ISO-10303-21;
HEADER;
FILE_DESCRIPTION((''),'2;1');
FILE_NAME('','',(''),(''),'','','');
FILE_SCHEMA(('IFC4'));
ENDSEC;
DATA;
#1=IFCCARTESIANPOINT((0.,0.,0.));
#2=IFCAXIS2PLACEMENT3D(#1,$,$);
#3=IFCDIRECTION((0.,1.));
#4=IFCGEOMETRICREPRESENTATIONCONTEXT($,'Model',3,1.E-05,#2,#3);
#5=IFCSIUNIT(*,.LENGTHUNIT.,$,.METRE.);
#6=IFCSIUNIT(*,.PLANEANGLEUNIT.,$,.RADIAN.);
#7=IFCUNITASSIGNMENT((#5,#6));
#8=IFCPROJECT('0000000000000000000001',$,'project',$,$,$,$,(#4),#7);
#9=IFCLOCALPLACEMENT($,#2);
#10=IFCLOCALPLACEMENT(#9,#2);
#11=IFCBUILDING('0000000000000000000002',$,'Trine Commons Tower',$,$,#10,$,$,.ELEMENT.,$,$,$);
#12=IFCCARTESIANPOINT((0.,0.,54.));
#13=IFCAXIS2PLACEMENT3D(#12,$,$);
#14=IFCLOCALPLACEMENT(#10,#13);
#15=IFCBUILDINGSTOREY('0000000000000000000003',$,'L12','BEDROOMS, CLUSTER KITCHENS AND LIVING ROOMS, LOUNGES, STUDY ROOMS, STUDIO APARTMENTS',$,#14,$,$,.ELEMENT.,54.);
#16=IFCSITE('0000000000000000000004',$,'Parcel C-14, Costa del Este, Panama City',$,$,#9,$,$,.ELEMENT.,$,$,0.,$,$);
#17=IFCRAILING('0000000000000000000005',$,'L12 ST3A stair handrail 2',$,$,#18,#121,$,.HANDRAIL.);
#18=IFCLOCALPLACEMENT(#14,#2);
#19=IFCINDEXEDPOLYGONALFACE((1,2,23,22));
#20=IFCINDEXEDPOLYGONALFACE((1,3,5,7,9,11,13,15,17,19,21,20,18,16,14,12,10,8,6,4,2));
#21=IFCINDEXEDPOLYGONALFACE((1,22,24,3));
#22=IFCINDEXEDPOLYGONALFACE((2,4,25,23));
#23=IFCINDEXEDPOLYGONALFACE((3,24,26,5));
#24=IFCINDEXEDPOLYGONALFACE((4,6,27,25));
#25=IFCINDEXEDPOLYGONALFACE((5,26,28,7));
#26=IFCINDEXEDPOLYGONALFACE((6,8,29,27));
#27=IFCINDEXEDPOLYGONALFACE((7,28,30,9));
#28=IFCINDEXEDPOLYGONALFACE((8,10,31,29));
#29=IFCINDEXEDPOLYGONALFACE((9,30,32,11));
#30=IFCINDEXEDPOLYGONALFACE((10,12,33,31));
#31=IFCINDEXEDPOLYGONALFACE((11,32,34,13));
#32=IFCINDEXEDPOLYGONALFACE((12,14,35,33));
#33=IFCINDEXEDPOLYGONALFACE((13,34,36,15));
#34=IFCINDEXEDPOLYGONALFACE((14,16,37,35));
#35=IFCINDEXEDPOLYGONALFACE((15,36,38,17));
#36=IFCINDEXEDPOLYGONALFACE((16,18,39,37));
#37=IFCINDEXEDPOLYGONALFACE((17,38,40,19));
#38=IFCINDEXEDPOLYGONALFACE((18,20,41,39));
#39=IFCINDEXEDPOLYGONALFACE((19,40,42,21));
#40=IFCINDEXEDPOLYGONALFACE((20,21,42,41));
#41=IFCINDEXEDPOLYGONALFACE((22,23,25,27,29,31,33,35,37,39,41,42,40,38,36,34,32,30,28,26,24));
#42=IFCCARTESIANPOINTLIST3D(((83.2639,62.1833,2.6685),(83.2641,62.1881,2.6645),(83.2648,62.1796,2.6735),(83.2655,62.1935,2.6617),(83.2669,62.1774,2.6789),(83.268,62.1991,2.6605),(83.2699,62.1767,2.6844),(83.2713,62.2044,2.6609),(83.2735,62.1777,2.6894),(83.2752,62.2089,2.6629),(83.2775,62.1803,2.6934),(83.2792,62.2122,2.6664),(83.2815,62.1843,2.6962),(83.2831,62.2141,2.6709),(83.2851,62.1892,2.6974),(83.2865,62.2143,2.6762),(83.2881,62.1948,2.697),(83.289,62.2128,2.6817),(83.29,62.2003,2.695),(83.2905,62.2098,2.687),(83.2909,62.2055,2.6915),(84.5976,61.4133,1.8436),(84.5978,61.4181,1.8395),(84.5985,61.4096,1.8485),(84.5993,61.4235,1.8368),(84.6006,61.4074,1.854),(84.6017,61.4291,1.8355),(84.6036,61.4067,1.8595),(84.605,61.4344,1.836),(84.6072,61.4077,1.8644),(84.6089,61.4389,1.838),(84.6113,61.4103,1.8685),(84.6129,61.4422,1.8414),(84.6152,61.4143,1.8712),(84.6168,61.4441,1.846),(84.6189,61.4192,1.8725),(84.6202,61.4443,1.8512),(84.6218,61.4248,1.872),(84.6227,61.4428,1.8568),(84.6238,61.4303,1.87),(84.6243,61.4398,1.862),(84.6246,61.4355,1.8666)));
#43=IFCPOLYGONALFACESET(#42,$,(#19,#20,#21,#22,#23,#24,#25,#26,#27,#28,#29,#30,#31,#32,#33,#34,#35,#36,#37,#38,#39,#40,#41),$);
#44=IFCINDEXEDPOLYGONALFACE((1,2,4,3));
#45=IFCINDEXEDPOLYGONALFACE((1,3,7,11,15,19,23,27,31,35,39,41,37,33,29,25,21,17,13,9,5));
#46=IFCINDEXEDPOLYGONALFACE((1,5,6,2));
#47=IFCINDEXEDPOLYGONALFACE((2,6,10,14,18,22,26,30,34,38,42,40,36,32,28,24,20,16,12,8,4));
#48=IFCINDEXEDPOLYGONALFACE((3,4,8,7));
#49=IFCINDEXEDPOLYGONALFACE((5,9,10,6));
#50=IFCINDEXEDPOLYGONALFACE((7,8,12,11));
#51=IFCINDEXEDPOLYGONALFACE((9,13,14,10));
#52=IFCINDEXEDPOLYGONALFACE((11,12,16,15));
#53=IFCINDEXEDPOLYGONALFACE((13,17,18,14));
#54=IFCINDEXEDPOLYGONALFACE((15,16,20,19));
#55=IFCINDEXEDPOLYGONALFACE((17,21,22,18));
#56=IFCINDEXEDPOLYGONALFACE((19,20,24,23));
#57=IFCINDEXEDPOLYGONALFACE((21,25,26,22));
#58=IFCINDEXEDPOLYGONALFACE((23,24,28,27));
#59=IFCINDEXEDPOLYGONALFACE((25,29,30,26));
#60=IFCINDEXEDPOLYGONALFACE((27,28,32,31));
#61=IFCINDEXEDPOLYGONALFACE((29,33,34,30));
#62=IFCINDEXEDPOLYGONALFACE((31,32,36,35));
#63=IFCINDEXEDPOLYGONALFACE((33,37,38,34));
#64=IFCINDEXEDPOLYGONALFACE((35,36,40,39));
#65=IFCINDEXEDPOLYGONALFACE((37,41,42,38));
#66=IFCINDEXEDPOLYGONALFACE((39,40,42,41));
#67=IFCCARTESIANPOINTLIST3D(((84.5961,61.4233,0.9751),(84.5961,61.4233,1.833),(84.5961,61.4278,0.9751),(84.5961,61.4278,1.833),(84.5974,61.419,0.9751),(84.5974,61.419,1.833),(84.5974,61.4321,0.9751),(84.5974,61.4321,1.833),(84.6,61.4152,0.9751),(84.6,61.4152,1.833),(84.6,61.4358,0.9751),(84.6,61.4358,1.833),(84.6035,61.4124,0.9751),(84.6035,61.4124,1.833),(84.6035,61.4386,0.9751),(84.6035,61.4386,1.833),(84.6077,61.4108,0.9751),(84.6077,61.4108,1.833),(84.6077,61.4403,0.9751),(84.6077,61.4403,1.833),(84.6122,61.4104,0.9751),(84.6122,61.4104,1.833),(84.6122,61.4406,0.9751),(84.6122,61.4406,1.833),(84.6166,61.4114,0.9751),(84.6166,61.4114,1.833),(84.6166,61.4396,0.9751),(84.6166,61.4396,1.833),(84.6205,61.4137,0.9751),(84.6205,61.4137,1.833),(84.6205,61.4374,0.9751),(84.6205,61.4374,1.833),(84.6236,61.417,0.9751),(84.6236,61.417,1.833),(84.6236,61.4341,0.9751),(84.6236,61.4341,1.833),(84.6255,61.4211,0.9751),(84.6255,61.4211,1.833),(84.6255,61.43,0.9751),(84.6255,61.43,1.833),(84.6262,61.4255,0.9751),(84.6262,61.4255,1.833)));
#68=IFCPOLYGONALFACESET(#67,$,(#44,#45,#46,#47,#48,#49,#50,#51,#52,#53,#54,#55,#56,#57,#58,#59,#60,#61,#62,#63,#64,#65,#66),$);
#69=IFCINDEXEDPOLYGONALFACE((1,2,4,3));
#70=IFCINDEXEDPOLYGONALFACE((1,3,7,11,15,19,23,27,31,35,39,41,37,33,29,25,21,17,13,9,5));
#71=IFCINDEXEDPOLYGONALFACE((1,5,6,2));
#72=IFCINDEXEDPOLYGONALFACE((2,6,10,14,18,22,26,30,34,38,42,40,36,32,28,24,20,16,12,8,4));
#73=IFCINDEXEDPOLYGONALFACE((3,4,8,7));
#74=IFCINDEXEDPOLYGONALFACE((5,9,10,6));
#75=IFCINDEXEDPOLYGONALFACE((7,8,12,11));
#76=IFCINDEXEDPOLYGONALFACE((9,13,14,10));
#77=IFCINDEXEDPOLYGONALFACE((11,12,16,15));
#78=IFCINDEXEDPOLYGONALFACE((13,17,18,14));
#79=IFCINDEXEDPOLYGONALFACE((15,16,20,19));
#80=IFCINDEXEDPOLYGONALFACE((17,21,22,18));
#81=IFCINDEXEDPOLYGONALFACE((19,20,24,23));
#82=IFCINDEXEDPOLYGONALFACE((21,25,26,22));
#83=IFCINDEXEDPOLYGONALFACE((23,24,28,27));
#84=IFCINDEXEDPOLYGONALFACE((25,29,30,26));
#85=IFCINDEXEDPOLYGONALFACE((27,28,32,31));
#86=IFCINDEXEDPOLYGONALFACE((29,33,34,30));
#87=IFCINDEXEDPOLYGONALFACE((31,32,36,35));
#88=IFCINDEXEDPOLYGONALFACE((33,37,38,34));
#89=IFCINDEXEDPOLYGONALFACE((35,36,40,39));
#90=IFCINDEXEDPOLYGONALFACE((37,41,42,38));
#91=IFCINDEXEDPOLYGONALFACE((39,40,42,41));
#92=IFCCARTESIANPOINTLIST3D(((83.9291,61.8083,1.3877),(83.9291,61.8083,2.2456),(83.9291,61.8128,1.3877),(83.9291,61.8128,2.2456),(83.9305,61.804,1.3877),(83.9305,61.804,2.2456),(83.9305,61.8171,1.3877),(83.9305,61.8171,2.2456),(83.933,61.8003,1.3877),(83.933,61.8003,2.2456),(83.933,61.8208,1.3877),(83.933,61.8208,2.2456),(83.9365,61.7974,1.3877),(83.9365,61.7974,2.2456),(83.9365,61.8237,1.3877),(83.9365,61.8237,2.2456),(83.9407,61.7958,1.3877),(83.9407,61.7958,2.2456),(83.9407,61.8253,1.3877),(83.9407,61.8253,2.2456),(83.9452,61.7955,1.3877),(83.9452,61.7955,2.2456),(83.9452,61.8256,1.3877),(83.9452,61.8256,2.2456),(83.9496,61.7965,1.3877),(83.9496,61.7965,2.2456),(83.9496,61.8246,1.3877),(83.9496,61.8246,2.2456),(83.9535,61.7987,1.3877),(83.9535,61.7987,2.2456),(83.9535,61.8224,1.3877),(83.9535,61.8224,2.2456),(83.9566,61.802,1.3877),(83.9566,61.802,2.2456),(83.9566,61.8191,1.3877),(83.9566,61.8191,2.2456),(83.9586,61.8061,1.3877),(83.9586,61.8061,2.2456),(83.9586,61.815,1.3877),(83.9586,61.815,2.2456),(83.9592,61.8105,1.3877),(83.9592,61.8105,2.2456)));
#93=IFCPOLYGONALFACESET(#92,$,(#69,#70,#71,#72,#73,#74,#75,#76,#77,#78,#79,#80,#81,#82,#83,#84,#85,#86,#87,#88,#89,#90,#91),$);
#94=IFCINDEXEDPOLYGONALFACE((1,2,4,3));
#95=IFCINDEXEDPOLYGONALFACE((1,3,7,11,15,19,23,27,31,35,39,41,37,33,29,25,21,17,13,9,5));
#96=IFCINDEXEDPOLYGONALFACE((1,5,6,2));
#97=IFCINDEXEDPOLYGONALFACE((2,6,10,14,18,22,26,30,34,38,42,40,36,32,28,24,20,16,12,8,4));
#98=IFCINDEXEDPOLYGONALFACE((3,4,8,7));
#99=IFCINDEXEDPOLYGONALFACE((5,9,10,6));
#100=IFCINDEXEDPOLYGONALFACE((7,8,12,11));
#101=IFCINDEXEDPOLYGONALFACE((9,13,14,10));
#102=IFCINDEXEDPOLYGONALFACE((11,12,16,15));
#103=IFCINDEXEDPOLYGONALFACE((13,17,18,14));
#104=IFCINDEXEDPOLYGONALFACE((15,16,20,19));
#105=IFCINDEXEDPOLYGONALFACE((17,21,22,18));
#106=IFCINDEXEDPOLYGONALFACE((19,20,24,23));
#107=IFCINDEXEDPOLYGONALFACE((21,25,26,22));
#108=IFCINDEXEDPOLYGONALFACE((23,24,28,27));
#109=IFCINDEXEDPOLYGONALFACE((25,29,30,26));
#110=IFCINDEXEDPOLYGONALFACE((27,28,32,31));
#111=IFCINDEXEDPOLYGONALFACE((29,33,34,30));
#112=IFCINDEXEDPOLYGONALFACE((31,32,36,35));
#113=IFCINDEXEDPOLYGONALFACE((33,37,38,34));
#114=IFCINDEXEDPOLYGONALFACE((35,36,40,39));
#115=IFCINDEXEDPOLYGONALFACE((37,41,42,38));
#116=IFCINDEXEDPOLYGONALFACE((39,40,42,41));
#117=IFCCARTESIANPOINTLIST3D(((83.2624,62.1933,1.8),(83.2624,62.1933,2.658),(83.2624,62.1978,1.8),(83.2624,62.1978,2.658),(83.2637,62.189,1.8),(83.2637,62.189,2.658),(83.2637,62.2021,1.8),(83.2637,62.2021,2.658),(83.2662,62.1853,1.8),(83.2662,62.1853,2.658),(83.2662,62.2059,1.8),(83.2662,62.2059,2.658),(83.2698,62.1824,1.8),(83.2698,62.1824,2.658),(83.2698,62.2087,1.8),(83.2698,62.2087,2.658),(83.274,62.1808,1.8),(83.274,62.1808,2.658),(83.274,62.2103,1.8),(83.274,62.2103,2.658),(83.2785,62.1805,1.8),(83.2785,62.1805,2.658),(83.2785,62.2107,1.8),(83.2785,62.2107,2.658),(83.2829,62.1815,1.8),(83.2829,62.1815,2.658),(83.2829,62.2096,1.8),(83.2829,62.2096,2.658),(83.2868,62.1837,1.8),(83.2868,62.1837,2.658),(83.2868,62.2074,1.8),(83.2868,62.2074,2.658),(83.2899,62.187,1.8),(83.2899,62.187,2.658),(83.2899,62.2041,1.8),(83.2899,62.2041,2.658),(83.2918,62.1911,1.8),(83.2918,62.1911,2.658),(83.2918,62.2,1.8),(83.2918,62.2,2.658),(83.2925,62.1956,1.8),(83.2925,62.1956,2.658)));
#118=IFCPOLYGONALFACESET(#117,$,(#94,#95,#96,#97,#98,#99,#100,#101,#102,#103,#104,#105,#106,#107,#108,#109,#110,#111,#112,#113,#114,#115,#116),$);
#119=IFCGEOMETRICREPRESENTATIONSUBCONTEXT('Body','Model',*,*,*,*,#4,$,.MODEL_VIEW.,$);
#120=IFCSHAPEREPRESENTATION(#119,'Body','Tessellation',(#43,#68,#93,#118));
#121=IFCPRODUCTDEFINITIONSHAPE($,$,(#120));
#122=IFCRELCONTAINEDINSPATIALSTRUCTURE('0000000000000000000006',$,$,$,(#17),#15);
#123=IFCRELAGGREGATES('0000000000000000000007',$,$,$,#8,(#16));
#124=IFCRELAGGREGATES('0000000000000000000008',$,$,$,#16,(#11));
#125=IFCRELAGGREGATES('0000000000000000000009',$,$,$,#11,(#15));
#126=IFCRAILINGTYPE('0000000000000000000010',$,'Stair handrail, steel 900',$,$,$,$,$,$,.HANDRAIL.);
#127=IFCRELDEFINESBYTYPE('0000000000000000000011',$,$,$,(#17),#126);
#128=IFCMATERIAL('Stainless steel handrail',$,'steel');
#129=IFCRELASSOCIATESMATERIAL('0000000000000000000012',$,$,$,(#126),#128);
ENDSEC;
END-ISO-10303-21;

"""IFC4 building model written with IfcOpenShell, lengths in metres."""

from ifc_helpers import new_model, si_unit, direction, frame, origin, origin_2d, place, context, subcontext, project, spatial, circle, extrude, material, type_object, element, save


model = new_model("IFC4")

# Units and contexts
model_context = context("Model", 3, precision=1e-05, world=origin(), true_north=direction((0.0, 1.0)))
body_context = subcontext(model_context, "Body", "Model", "MODEL_VIEW")
ifc_project = project(units=[si_unit("LENGTHUNIT", "METRE"), si_unit("PLANEANGLEUNIT", "RADIAN")], contexts=[model_context])

# Site, building, storey
site_placement = place(None, origin())
site = spatial("IfcSite", under=ifc_project, at=site_placement, Name="Parcel C-14, Costa del Este, Panama City", CompositionType="ELEMENT", RefElevation=0.0)
building_placement = place(site_placement, origin())
building = spatial("IfcBuilding", under=site, at=building_placement, Name="Trine Commons Tower", CompositionType="ELEMENT")
storey_placement = place(building_placement, frame((0.0, 0.0, 54.0)))
storey = spatial("IfcBuildingStorey", under=building, at=storey_placement, Name="L12", Description="BEDROOMS, CLUSTER KITCHENS AND LIVING ROOMS, LOUNGES, STUDY ROOMS, STUDIO APARTMENTS", CompositionType="ELEMENT", Elevation=54.0)

# Railing
ifc_material_1 = material(Name="Stainless steel handrail", Category="steel")
railing_type_1 = type_object("IfcRailingType", Name="Stair handrail, steel 900", PredefinedType="HANDRAIL", material=ifc_material_1)
railing_1_placement = place(storey_placement, frame((84.6111, 61.4255, 0.9751)))
element("IfcRailing", 1, at=railing_1_placement, inside=storey, type_object=railing_type_1, Name="L12 ST3A stair handrail 2", PredefinedType="HANDRAIL", context=body_context, shape_type="SweptSolid", body=[
    extrude(circle(Radius=0.021, at=origin_2d()), frame((0.0, 0.0, 0.8789), z_axis=(-0.763405, 0.440743, 0.472185), x_axis=(-0.499992, -0.86603, 0.0)), (0.0, 0.0, 1.0), 1.7471),
    extrude(circle(Radius=0.0151, at=origin_2d()), origin(), (0.0, 0.0, 1.0), 0.8579),
    extrude(circle(Radius=0.0151, at=origin_2d()), frame((-0.667, 0.385, 0.4126)), (0.0, 0.0, 1.0), 0.8579),
    extrude(circle(Radius=0.0151, at=origin_2d()), frame((-1.3337, 0.77, 0.825)), (0.0, 0.0, 1.0), 0.8579),
])

save(model, "model.ifc")
